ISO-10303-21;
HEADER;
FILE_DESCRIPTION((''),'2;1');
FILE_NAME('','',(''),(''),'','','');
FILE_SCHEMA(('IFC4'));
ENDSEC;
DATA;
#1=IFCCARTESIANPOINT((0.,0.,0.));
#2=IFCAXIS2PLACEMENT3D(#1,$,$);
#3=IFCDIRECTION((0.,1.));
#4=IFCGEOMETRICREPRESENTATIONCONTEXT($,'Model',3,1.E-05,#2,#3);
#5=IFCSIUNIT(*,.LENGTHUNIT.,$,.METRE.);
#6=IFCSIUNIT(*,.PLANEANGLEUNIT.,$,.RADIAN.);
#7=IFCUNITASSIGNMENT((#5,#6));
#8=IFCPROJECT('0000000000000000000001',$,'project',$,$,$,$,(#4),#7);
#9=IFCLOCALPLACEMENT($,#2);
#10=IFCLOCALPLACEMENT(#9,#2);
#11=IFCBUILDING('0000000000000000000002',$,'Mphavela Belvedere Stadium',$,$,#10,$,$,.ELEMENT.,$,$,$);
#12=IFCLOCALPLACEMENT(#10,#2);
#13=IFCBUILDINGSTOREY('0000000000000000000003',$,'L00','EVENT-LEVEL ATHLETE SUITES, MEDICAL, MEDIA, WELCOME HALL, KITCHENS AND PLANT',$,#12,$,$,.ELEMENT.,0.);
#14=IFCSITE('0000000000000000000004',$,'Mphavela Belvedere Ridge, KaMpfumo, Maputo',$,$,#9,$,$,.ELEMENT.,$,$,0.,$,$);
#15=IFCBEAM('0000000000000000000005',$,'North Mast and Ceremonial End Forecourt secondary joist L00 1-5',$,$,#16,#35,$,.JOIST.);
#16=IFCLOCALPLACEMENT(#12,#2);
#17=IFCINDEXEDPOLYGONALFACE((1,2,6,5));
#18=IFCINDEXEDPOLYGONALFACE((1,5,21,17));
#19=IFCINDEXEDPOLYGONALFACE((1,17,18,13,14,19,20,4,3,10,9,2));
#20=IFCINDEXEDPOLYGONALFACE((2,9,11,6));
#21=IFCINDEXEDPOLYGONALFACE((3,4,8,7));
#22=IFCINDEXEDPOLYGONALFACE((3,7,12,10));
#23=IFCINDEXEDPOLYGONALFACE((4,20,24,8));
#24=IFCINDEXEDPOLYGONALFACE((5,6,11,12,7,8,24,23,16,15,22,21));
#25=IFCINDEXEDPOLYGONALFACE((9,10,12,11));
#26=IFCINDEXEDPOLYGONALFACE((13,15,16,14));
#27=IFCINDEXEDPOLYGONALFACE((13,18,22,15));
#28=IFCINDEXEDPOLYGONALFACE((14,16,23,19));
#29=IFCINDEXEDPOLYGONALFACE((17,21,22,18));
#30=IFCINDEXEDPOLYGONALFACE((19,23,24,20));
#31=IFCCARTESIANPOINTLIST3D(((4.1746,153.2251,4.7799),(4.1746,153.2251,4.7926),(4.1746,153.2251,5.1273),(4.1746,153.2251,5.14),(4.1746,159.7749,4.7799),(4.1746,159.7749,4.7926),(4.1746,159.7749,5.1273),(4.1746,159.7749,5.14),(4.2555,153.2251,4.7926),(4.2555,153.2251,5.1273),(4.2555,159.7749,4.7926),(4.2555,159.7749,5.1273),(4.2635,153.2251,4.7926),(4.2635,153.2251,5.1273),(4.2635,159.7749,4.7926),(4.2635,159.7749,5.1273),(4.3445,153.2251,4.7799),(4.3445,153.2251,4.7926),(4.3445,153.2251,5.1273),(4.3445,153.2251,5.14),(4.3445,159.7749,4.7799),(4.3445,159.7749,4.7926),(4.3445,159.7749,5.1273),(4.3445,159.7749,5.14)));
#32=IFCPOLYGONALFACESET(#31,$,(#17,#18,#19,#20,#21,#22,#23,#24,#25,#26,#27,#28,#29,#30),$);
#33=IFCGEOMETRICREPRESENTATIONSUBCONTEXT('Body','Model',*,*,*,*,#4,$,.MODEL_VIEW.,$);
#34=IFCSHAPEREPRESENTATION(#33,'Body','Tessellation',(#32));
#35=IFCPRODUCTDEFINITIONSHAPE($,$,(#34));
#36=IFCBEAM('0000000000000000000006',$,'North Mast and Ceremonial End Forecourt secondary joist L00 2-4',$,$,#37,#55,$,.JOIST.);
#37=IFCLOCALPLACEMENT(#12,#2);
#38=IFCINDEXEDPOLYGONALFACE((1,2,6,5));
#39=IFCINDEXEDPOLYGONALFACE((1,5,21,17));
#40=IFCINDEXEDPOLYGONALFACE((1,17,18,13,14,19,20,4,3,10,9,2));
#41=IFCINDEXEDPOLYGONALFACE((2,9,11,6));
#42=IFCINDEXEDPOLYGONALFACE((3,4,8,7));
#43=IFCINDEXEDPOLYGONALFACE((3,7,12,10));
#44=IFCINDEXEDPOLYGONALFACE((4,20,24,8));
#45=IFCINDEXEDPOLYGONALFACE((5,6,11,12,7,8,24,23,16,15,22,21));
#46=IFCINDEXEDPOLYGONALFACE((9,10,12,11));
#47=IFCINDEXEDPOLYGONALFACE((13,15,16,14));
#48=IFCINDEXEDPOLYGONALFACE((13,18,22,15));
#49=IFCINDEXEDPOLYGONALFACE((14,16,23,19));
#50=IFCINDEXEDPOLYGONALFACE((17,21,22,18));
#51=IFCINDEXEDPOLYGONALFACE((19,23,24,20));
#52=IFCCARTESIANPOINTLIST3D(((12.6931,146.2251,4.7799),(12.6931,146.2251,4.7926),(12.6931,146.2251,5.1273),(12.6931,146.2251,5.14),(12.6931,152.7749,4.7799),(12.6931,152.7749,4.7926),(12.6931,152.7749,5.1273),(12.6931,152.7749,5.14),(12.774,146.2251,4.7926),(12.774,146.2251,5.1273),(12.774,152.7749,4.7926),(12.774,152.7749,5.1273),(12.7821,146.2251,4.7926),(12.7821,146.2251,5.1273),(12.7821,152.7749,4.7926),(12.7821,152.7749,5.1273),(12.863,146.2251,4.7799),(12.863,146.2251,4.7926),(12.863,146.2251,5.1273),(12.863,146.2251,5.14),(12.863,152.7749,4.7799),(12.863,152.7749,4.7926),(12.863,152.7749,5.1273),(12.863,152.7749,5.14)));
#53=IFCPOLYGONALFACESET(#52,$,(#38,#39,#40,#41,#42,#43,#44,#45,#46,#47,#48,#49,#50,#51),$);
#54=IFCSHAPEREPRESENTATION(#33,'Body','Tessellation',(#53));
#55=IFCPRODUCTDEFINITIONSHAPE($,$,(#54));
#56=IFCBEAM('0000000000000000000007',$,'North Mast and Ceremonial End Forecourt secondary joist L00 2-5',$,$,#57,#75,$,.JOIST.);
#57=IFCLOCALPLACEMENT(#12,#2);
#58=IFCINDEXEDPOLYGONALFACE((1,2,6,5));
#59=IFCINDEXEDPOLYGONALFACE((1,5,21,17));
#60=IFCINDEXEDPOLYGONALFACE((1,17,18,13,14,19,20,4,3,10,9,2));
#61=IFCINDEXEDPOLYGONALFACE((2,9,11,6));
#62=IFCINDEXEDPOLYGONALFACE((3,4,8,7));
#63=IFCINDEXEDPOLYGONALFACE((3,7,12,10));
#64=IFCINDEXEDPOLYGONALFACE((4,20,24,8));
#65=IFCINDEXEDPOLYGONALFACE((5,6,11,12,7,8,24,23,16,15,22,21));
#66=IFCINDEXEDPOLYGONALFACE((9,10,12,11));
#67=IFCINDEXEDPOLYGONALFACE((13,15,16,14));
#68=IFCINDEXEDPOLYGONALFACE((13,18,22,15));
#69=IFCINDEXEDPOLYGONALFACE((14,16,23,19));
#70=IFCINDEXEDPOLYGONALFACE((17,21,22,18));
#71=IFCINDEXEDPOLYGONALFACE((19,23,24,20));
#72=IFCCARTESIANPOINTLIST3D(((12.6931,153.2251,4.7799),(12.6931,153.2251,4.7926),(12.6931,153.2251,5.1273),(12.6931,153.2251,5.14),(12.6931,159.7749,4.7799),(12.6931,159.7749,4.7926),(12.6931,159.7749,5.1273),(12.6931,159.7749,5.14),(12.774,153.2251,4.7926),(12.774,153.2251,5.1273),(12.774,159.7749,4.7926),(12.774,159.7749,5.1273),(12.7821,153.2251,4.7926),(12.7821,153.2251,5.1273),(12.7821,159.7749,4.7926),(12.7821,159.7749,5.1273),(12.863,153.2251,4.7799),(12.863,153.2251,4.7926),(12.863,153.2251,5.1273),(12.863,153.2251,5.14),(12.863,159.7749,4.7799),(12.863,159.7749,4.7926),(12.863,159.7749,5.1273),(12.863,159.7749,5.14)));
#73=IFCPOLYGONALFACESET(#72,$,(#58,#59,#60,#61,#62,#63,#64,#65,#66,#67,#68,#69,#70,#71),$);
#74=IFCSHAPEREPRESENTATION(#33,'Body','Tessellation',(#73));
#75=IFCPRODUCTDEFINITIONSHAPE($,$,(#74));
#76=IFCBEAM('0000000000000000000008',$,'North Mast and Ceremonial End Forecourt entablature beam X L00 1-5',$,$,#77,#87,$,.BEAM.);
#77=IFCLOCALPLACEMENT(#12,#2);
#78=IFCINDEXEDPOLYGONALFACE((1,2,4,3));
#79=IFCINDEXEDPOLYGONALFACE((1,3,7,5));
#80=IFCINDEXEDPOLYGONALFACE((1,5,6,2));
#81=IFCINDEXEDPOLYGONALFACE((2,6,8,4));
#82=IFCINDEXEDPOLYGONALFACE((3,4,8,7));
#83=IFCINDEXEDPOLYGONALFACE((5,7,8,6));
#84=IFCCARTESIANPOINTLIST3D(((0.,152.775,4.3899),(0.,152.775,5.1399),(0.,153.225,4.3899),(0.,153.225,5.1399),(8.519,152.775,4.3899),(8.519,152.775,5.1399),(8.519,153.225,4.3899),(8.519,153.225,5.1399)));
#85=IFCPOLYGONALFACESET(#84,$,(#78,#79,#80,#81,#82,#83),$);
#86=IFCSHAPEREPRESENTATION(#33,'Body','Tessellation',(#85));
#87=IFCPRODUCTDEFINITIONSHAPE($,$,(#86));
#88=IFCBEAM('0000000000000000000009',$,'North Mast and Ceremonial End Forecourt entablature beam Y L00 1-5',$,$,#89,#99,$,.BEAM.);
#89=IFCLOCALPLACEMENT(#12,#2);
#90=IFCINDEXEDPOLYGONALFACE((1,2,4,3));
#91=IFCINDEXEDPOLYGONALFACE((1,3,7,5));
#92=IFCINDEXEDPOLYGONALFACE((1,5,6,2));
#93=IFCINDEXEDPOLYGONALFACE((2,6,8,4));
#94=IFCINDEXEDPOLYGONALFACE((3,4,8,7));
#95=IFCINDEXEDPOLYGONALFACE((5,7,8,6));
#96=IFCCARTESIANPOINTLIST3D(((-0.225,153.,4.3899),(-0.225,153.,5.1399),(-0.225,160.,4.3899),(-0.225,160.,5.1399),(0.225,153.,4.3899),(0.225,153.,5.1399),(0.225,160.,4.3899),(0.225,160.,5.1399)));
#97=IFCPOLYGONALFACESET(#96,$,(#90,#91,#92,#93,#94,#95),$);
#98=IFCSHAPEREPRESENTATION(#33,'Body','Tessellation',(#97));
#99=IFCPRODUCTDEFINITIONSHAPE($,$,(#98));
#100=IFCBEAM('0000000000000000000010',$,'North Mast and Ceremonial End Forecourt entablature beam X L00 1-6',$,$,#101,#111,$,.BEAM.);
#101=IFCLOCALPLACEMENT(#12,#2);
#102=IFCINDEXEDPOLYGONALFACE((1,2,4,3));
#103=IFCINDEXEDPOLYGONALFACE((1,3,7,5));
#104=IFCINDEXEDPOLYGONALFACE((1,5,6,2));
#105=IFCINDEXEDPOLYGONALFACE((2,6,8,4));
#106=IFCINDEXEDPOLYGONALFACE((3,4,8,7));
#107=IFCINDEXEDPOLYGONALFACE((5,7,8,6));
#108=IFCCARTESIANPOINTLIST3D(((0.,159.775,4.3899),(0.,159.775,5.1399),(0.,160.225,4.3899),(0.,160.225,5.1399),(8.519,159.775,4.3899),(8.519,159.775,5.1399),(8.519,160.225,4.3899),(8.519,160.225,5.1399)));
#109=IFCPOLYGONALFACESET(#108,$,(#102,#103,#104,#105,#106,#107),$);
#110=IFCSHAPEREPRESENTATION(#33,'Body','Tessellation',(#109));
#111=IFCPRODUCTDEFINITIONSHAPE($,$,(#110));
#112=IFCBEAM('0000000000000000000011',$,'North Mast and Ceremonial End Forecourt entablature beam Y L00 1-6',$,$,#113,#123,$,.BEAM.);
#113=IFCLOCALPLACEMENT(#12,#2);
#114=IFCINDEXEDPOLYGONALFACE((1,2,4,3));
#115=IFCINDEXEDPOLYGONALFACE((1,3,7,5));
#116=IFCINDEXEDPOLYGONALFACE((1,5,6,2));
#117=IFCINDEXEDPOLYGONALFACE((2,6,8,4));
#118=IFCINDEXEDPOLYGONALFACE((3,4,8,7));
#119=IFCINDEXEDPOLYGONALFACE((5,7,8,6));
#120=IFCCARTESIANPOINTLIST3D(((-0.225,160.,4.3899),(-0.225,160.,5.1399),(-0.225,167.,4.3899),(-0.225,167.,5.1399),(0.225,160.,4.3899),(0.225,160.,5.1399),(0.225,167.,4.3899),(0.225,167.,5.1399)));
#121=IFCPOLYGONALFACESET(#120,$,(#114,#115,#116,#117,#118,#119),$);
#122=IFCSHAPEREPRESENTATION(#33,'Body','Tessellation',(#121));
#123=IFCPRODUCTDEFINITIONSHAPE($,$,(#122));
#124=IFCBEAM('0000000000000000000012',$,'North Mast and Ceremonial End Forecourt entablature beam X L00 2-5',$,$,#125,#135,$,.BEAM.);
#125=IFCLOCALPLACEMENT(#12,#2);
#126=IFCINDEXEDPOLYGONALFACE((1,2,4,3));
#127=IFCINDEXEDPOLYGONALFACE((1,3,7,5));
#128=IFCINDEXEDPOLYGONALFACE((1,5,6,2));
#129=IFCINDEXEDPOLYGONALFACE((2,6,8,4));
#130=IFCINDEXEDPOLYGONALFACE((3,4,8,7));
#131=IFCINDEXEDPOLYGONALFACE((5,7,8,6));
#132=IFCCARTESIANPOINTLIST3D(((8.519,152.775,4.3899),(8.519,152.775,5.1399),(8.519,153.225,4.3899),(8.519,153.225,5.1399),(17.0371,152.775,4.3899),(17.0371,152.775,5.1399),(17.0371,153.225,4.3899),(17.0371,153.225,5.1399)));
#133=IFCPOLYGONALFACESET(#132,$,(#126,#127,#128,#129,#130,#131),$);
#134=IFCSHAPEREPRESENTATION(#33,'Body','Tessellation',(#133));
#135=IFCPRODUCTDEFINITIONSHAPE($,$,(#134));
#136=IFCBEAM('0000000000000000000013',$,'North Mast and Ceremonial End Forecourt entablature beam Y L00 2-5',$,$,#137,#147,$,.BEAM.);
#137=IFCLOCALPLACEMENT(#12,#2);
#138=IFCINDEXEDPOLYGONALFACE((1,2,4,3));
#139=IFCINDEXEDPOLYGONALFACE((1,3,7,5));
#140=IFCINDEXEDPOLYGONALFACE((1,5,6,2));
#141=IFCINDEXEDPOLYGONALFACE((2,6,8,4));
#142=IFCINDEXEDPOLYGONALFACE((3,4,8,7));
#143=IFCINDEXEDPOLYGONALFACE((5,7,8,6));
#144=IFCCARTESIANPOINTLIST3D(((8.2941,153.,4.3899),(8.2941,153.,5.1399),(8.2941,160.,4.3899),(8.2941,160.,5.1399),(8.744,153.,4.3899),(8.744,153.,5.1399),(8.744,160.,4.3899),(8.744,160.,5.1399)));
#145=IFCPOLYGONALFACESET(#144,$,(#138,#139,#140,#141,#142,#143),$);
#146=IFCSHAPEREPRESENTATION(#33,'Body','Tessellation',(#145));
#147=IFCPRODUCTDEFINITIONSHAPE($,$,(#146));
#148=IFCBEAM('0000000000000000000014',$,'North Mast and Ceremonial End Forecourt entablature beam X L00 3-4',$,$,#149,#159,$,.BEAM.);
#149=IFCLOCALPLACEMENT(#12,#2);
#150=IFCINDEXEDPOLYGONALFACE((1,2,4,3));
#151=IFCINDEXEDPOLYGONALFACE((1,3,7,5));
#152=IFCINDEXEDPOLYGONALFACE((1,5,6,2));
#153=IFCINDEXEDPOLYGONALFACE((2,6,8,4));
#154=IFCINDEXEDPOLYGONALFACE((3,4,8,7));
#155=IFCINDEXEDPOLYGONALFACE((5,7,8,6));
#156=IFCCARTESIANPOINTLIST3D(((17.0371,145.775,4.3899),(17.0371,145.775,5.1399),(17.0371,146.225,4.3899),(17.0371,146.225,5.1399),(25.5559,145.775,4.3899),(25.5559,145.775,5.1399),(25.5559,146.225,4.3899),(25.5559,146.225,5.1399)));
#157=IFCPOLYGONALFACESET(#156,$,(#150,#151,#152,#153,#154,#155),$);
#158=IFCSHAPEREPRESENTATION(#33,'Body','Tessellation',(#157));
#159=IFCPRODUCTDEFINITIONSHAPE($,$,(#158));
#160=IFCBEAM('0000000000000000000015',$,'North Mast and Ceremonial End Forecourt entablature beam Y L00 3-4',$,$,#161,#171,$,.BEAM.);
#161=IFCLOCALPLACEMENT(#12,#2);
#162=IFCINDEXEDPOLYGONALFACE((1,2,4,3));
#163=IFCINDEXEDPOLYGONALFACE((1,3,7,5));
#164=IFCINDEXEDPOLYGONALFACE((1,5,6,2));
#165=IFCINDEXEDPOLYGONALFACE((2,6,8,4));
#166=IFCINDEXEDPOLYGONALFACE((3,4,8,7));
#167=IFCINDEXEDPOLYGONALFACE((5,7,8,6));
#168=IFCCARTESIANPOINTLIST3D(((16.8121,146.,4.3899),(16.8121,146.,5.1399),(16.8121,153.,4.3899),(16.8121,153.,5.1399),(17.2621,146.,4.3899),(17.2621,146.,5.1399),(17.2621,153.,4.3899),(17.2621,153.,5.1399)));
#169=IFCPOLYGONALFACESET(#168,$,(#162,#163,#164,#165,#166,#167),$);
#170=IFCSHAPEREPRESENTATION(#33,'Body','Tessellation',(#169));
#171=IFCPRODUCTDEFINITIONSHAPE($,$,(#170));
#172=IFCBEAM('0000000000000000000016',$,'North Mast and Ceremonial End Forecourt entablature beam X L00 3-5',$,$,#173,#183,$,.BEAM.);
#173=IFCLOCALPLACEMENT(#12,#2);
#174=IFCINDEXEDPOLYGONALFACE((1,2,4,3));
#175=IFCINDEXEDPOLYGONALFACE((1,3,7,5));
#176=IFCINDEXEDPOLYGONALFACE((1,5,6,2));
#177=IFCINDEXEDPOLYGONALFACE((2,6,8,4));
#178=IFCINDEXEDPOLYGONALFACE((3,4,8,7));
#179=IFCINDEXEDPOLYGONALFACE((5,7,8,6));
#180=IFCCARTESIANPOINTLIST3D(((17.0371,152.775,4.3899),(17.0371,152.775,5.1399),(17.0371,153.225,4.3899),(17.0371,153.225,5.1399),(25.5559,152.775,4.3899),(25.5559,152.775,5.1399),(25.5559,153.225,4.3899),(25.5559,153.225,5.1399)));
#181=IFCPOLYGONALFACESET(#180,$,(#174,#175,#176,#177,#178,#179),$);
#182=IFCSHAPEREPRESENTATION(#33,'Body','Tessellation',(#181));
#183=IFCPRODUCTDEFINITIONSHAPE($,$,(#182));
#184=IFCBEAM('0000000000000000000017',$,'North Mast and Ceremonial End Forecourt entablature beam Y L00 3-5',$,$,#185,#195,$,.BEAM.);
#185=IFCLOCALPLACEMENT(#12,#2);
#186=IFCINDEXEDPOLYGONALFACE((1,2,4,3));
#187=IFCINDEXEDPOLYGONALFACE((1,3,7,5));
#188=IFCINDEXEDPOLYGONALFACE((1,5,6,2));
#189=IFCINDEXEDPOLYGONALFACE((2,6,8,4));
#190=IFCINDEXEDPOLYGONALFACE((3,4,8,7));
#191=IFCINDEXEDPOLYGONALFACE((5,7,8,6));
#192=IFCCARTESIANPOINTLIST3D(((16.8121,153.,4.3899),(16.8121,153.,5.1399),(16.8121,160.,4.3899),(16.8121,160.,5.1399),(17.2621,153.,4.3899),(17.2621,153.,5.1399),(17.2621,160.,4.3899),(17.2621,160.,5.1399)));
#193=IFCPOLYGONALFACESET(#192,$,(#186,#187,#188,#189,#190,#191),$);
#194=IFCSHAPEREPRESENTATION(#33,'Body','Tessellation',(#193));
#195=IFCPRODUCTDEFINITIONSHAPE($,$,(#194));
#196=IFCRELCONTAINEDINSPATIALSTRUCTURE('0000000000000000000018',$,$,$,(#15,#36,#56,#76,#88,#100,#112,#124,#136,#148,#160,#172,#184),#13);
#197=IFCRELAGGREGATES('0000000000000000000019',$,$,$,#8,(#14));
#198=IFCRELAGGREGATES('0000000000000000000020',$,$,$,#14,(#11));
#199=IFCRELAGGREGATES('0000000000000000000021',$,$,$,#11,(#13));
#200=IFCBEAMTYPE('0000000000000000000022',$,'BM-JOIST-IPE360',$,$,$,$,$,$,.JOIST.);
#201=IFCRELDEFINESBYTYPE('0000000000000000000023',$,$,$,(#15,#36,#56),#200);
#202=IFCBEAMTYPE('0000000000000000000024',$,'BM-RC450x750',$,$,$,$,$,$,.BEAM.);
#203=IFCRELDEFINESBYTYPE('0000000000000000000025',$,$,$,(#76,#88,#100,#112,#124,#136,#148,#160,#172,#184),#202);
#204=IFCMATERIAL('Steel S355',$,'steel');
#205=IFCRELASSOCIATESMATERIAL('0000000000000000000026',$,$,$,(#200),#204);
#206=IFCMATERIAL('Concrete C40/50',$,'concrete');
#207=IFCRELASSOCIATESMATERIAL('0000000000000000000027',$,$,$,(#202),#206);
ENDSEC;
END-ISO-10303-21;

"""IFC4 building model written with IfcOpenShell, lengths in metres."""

from ifc_helpers import new_model, si_unit, direction, frame, origin, origin_2d, place, context, subcontext, project, spatial, rectangle, i_section, extrude, material, material_profile, profile_set, type_object, element, save


model = new_model("IFC4")

# Units and contexts
model_context = context("Model", 3, precision=1e-05, world=origin(), true_north=direction((0.0, 1.0)))
body_context = subcontext(model_context, "Body", "Model", "MODEL_VIEW")
ifc_project = project(units=[si_unit("LENGTHUNIT", "METRE"), si_unit("PLANEANGLEUNIT", "RADIAN")], contexts=[model_context])

# Site, building, storey
site_placement = place(None, origin())
site = spatial("IfcSite", under=ifc_project, at=site_placement, Name="Mphavela Belvedere Ridge, KaMpfumo, Maputo", CompositionType="ELEMENT", RefElevation=0.0)
building_placement = place(site_placement, origin())
building = spatial("IfcBuilding", under=site, at=building_placement, Name="Mphavela Belvedere Stadium", CompositionType="ELEMENT")
storey_placement = place(building_placement, origin())
storey = spatial("IfcBuildingStorey", under=building, at=storey_placement, Name="L00", Description="EVENT-LEVEL ATHLETE SUITES, MEDICAL, MEDIA, WELCOME HALL, KITCHENS AND PLANT", CompositionType="ELEMENT", Elevation=0.0)

# Beams
ifc_material_1 = material(Name="Steel S355", Category="steel")
ifc_material_profile_1 = material_profile(ifc_material_1, i_section(OverallWidth=0.1699, OverallDepth=0.3601, WebThickness=0.0081, FlangeThickness=0.0127, at=origin_2d()), Name="IPE 360")
ifc_profile_set_1 = profile_set([ifc_material_profile_1], Name="Steel S355")
beam_type_1 = type_object("IfcBeamType", Name="BM-JOIST-IPE360", PredefinedType="JOIST", material=ifc_profile_set_1)
for number, where, z_axis, x_axis, name in (
    (1, (4.2595, 153.2251, 4.96), (0.0, 1.0, 0.0), (-1.0, 0.0, 0.0), "North Mast and Ceremonial End Forecourt secondary joist L00 1-5"),
    (2, (12.7781, 146.2251, 4.96), (0.0, 1.0, 0.0), (-1.0, 0.0, 0.0), "North Mast and Ceremonial End Forecourt secondary joist L00 2-4"),
    (3, (12.7781, 153.2251, 4.96), (0.0, 1.0, 0.0), (-1.0, 0.0, 0.0), "North Mast and Ceremonial End Forecourt secondary joist L00 2-5"),
):
    element("IfcBeam", number, at=place(storey_placement, frame(where, z_axis=z_axis, x_axis=x_axis)), inside=storey, type_object=beam_type_1, Name=name, PredefinedType="JOIST", context=body_context, shape_type="SweptSolid", body=[
        extrude(i_section(OverallWidth=0.1699, OverallDepth=0.3601, WebThickness=0.0081, FlangeThickness=0.0127, at=origin_2d()), origin(), (0.0, 0.0, 1.0), 6.5498),
    ])
ifc_material_2 = material(Name="Concrete C40/50", Category="concrete")
ifc_material_profile_2 = material_profile(ifc_material_2, rectangle(XDim=0.45, YDim=0.75, at=origin_2d()), Name="RC 450x750")
ifc_profile_set_2 = profile_set([ifc_material_profile_2], Name="Concrete C40/50")
beam_type_2 = type_object("IfcBeamType", Name="BM-RC450x750", PredefinedType="BEAM", material=ifc_profile_set_2)
beam_1_placement = place(storey_placement, frame((0.0, 153.0, 4.7649), z_axis=(1.0, 0.0, 0.0), x_axis=(0.0, 1.0, 0.0)))
element("IfcBeam", 4, at=beam_1_placement, inside=storey, type_object=beam_type_2, Name="North Mast and Ceremonial End Forecourt entablature beam X L00 1-5", PredefinedType="BEAM", context=body_context, shape_type="SweptSolid", body=[
    extrude(rectangle(XDim=0.45, YDim=0.75, at=origin_2d()), origin(), (0.0, 0.0, 1.0), 8.519),
])
beam_2_placement = place(storey_placement, frame((0.0, 153.0, 4.7649), z_axis=(0.0, 1.0, 0.0), x_axis=(-1.0, 0.0, 0.0)))
element("IfcBeam", 5, at=beam_2_placement, inside=storey, type_object=beam_type_2, Name="North Mast and Ceremonial End Forecourt entablature beam Y L00 1-5", PredefinedType="BEAM", context=body_context, shape_type="SweptSolid", body=[
    extrude(rectangle(XDim=0.45, YDim=0.75, at=origin_2d()), origin(), (0.0, 0.0, 1.0), 7.0),
])
beam_3_placement = place(storey_placement, frame((0.0, 160.0, 4.7649), z_axis=(1.0, 0.0, 0.0), x_axis=(0.0, 1.0, 0.0)))
element("IfcBeam", 6, at=beam_3_placement, inside=storey, type_object=beam_type_2, Name="North Mast and Ceremonial End Forecourt entablature beam X L00 1-6", PredefinedType="BEAM", context=body_context, shape_type="SweptSolid", body=[
    extrude(rectangle(XDim=0.45, YDim=0.75, at=origin_2d()), origin(), (0.0, 0.0, 1.0), 8.519),
])
beam_4_placement = place(storey_placement, frame((0.0, 160.0, 4.7649), z_axis=(0.0, 1.0, 0.0), x_axis=(-1.0, 0.0, 0.0)))
element("IfcBeam", 7, at=beam_4_placement, inside=storey, type_object=beam_type_2, Name="North Mast and Ceremonial End Forecourt entablature beam Y L00 1-6", PredefinedType="BEAM", context=body_context, shape_type="SweptSolid", body=[
    extrude(rectangle(XDim=0.45, YDim=0.75, at=origin_2d()), origin(), (0.0, 0.0, 1.0), 7.0),
])
beam_5_placement = place(storey_placement, frame((8.519, 153.0, 4.7649), z_axis=(1.0, 0.0, 0.0), x_axis=(0.0, 1.0, 0.0)))
element("IfcBeam", 8, at=beam_5_placement, inside=storey, type_object=beam_type_2, Name="North Mast and Ceremonial End Forecourt entablature beam X L00 2-5", PredefinedType="BEAM", context=body_context, shape_type="SweptSolid", body=[
    extrude(rectangle(XDim=0.45, YDim=0.75, at=origin_2d()), origin(), (0.0, 0.0, 1.0), 8.5181),
])
beam_6_placement = place(storey_placement, frame((8.519, 153.0, 4.7649), z_axis=(0.0, 1.0, 0.0), x_axis=(-1.0, 0.0, 0.0)))
element("IfcBeam", 9, at=beam_6_placement, inside=storey, type_object=beam_type_2, Name="North Mast and Ceremonial End Forecourt entablature beam Y L00 2-5", PredefinedType="BEAM", context=body_context, shape_type="SweptSolid", body=[
    extrude(rectangle(XDim=0.45, YDim=0.75, at=origin_2d()), origin(), (0.0, 0.0, 1.0), 7.0),
])
beam_7_placement = place(storey_placement, frame((17.0371, 146.0, 4.7649), z_axis=(1.0, 0.0, 0.0), x_axis=(0.0, 1.0, 0.0)))
element("IfcBeam", 10, at=beam_7_placement, inside=storey, type_object=beam_type_2, Name="North Mast and Ceremonial End Forecourt entablature beam X L00 3-4", PredefinedType="BEAM", context=body_context, shape_type="SweptSolid", body=[
    extrude(rectangle(XDim=0.45, YDim=0.75, at=origin_2d()), origin(), (0.0, 0.0, 1.0), 8.5188),
])
beam_8_placement = place(storey_placement, frame((17.0371, 146.0, 4.7649), z_axis=(0.0, 1.0, 0.0), x_axis=(-1.0, 0.0, 0.0)))
element("IfcBeam", 11, at=beam_8_placement, inside=storey, type_object=beam_type_2, Name="North Mast and Ceremonial End Forecourt entablature beam Y L00 3-4", PredefinedType="BEAM", context=body_context, shape_type="SweptSolid", body=[
    extrude(rectangle(XDim=0.45, YDim=0.75, at=origin_2d()), origin(), (0.0, 0.0, 1.0), 7.0),
])
beam_9_placement = place(storey_placement, frame((17.0371, 153.0, 4.7649), z_axis=(1.0, 0.0, 0.0), x_axis=(0.0, 1.0, 0.0)))
element("IfcBeam", 12, at=beam_9_placement, inside=storey, type_object=beam_type_2, Name="North Mast and Ceremonial End Forecourt entablature beam X L00 3-5", PredefinedType="BEAM", context=body_context, shape_type="SweptSolid", body=[
    extrude(rectangle(XDim=0.45, YDim=0.75, at=origin_2d()), origin(), (0.0, 0.0, 1.0), 8.5188),
])
beam_10_placement = place(storey_placement, frame((17.0371, 153.0, 4.7649), z_axis=(0.0, 1.0, 0.0), x_axis=(-1.0, 0.0, 0.0)))
element("IfcBeam", 13, at=beam_10_placement, inside=storey, type_object=beam_type_2, Name="North Mast and Ceremonial End Forecourt entablature beam Y L00 3-5", PredefinedType="BEAM", context=body_context, shape_type="SweptSolid", body=[
    extrude(rectangle(XDim=0.45, YDim=0.75, at=origin_2d()), origin(), (0.0, 0.0, 1.0), 7.0),
])

save(model, "model.ifc")
